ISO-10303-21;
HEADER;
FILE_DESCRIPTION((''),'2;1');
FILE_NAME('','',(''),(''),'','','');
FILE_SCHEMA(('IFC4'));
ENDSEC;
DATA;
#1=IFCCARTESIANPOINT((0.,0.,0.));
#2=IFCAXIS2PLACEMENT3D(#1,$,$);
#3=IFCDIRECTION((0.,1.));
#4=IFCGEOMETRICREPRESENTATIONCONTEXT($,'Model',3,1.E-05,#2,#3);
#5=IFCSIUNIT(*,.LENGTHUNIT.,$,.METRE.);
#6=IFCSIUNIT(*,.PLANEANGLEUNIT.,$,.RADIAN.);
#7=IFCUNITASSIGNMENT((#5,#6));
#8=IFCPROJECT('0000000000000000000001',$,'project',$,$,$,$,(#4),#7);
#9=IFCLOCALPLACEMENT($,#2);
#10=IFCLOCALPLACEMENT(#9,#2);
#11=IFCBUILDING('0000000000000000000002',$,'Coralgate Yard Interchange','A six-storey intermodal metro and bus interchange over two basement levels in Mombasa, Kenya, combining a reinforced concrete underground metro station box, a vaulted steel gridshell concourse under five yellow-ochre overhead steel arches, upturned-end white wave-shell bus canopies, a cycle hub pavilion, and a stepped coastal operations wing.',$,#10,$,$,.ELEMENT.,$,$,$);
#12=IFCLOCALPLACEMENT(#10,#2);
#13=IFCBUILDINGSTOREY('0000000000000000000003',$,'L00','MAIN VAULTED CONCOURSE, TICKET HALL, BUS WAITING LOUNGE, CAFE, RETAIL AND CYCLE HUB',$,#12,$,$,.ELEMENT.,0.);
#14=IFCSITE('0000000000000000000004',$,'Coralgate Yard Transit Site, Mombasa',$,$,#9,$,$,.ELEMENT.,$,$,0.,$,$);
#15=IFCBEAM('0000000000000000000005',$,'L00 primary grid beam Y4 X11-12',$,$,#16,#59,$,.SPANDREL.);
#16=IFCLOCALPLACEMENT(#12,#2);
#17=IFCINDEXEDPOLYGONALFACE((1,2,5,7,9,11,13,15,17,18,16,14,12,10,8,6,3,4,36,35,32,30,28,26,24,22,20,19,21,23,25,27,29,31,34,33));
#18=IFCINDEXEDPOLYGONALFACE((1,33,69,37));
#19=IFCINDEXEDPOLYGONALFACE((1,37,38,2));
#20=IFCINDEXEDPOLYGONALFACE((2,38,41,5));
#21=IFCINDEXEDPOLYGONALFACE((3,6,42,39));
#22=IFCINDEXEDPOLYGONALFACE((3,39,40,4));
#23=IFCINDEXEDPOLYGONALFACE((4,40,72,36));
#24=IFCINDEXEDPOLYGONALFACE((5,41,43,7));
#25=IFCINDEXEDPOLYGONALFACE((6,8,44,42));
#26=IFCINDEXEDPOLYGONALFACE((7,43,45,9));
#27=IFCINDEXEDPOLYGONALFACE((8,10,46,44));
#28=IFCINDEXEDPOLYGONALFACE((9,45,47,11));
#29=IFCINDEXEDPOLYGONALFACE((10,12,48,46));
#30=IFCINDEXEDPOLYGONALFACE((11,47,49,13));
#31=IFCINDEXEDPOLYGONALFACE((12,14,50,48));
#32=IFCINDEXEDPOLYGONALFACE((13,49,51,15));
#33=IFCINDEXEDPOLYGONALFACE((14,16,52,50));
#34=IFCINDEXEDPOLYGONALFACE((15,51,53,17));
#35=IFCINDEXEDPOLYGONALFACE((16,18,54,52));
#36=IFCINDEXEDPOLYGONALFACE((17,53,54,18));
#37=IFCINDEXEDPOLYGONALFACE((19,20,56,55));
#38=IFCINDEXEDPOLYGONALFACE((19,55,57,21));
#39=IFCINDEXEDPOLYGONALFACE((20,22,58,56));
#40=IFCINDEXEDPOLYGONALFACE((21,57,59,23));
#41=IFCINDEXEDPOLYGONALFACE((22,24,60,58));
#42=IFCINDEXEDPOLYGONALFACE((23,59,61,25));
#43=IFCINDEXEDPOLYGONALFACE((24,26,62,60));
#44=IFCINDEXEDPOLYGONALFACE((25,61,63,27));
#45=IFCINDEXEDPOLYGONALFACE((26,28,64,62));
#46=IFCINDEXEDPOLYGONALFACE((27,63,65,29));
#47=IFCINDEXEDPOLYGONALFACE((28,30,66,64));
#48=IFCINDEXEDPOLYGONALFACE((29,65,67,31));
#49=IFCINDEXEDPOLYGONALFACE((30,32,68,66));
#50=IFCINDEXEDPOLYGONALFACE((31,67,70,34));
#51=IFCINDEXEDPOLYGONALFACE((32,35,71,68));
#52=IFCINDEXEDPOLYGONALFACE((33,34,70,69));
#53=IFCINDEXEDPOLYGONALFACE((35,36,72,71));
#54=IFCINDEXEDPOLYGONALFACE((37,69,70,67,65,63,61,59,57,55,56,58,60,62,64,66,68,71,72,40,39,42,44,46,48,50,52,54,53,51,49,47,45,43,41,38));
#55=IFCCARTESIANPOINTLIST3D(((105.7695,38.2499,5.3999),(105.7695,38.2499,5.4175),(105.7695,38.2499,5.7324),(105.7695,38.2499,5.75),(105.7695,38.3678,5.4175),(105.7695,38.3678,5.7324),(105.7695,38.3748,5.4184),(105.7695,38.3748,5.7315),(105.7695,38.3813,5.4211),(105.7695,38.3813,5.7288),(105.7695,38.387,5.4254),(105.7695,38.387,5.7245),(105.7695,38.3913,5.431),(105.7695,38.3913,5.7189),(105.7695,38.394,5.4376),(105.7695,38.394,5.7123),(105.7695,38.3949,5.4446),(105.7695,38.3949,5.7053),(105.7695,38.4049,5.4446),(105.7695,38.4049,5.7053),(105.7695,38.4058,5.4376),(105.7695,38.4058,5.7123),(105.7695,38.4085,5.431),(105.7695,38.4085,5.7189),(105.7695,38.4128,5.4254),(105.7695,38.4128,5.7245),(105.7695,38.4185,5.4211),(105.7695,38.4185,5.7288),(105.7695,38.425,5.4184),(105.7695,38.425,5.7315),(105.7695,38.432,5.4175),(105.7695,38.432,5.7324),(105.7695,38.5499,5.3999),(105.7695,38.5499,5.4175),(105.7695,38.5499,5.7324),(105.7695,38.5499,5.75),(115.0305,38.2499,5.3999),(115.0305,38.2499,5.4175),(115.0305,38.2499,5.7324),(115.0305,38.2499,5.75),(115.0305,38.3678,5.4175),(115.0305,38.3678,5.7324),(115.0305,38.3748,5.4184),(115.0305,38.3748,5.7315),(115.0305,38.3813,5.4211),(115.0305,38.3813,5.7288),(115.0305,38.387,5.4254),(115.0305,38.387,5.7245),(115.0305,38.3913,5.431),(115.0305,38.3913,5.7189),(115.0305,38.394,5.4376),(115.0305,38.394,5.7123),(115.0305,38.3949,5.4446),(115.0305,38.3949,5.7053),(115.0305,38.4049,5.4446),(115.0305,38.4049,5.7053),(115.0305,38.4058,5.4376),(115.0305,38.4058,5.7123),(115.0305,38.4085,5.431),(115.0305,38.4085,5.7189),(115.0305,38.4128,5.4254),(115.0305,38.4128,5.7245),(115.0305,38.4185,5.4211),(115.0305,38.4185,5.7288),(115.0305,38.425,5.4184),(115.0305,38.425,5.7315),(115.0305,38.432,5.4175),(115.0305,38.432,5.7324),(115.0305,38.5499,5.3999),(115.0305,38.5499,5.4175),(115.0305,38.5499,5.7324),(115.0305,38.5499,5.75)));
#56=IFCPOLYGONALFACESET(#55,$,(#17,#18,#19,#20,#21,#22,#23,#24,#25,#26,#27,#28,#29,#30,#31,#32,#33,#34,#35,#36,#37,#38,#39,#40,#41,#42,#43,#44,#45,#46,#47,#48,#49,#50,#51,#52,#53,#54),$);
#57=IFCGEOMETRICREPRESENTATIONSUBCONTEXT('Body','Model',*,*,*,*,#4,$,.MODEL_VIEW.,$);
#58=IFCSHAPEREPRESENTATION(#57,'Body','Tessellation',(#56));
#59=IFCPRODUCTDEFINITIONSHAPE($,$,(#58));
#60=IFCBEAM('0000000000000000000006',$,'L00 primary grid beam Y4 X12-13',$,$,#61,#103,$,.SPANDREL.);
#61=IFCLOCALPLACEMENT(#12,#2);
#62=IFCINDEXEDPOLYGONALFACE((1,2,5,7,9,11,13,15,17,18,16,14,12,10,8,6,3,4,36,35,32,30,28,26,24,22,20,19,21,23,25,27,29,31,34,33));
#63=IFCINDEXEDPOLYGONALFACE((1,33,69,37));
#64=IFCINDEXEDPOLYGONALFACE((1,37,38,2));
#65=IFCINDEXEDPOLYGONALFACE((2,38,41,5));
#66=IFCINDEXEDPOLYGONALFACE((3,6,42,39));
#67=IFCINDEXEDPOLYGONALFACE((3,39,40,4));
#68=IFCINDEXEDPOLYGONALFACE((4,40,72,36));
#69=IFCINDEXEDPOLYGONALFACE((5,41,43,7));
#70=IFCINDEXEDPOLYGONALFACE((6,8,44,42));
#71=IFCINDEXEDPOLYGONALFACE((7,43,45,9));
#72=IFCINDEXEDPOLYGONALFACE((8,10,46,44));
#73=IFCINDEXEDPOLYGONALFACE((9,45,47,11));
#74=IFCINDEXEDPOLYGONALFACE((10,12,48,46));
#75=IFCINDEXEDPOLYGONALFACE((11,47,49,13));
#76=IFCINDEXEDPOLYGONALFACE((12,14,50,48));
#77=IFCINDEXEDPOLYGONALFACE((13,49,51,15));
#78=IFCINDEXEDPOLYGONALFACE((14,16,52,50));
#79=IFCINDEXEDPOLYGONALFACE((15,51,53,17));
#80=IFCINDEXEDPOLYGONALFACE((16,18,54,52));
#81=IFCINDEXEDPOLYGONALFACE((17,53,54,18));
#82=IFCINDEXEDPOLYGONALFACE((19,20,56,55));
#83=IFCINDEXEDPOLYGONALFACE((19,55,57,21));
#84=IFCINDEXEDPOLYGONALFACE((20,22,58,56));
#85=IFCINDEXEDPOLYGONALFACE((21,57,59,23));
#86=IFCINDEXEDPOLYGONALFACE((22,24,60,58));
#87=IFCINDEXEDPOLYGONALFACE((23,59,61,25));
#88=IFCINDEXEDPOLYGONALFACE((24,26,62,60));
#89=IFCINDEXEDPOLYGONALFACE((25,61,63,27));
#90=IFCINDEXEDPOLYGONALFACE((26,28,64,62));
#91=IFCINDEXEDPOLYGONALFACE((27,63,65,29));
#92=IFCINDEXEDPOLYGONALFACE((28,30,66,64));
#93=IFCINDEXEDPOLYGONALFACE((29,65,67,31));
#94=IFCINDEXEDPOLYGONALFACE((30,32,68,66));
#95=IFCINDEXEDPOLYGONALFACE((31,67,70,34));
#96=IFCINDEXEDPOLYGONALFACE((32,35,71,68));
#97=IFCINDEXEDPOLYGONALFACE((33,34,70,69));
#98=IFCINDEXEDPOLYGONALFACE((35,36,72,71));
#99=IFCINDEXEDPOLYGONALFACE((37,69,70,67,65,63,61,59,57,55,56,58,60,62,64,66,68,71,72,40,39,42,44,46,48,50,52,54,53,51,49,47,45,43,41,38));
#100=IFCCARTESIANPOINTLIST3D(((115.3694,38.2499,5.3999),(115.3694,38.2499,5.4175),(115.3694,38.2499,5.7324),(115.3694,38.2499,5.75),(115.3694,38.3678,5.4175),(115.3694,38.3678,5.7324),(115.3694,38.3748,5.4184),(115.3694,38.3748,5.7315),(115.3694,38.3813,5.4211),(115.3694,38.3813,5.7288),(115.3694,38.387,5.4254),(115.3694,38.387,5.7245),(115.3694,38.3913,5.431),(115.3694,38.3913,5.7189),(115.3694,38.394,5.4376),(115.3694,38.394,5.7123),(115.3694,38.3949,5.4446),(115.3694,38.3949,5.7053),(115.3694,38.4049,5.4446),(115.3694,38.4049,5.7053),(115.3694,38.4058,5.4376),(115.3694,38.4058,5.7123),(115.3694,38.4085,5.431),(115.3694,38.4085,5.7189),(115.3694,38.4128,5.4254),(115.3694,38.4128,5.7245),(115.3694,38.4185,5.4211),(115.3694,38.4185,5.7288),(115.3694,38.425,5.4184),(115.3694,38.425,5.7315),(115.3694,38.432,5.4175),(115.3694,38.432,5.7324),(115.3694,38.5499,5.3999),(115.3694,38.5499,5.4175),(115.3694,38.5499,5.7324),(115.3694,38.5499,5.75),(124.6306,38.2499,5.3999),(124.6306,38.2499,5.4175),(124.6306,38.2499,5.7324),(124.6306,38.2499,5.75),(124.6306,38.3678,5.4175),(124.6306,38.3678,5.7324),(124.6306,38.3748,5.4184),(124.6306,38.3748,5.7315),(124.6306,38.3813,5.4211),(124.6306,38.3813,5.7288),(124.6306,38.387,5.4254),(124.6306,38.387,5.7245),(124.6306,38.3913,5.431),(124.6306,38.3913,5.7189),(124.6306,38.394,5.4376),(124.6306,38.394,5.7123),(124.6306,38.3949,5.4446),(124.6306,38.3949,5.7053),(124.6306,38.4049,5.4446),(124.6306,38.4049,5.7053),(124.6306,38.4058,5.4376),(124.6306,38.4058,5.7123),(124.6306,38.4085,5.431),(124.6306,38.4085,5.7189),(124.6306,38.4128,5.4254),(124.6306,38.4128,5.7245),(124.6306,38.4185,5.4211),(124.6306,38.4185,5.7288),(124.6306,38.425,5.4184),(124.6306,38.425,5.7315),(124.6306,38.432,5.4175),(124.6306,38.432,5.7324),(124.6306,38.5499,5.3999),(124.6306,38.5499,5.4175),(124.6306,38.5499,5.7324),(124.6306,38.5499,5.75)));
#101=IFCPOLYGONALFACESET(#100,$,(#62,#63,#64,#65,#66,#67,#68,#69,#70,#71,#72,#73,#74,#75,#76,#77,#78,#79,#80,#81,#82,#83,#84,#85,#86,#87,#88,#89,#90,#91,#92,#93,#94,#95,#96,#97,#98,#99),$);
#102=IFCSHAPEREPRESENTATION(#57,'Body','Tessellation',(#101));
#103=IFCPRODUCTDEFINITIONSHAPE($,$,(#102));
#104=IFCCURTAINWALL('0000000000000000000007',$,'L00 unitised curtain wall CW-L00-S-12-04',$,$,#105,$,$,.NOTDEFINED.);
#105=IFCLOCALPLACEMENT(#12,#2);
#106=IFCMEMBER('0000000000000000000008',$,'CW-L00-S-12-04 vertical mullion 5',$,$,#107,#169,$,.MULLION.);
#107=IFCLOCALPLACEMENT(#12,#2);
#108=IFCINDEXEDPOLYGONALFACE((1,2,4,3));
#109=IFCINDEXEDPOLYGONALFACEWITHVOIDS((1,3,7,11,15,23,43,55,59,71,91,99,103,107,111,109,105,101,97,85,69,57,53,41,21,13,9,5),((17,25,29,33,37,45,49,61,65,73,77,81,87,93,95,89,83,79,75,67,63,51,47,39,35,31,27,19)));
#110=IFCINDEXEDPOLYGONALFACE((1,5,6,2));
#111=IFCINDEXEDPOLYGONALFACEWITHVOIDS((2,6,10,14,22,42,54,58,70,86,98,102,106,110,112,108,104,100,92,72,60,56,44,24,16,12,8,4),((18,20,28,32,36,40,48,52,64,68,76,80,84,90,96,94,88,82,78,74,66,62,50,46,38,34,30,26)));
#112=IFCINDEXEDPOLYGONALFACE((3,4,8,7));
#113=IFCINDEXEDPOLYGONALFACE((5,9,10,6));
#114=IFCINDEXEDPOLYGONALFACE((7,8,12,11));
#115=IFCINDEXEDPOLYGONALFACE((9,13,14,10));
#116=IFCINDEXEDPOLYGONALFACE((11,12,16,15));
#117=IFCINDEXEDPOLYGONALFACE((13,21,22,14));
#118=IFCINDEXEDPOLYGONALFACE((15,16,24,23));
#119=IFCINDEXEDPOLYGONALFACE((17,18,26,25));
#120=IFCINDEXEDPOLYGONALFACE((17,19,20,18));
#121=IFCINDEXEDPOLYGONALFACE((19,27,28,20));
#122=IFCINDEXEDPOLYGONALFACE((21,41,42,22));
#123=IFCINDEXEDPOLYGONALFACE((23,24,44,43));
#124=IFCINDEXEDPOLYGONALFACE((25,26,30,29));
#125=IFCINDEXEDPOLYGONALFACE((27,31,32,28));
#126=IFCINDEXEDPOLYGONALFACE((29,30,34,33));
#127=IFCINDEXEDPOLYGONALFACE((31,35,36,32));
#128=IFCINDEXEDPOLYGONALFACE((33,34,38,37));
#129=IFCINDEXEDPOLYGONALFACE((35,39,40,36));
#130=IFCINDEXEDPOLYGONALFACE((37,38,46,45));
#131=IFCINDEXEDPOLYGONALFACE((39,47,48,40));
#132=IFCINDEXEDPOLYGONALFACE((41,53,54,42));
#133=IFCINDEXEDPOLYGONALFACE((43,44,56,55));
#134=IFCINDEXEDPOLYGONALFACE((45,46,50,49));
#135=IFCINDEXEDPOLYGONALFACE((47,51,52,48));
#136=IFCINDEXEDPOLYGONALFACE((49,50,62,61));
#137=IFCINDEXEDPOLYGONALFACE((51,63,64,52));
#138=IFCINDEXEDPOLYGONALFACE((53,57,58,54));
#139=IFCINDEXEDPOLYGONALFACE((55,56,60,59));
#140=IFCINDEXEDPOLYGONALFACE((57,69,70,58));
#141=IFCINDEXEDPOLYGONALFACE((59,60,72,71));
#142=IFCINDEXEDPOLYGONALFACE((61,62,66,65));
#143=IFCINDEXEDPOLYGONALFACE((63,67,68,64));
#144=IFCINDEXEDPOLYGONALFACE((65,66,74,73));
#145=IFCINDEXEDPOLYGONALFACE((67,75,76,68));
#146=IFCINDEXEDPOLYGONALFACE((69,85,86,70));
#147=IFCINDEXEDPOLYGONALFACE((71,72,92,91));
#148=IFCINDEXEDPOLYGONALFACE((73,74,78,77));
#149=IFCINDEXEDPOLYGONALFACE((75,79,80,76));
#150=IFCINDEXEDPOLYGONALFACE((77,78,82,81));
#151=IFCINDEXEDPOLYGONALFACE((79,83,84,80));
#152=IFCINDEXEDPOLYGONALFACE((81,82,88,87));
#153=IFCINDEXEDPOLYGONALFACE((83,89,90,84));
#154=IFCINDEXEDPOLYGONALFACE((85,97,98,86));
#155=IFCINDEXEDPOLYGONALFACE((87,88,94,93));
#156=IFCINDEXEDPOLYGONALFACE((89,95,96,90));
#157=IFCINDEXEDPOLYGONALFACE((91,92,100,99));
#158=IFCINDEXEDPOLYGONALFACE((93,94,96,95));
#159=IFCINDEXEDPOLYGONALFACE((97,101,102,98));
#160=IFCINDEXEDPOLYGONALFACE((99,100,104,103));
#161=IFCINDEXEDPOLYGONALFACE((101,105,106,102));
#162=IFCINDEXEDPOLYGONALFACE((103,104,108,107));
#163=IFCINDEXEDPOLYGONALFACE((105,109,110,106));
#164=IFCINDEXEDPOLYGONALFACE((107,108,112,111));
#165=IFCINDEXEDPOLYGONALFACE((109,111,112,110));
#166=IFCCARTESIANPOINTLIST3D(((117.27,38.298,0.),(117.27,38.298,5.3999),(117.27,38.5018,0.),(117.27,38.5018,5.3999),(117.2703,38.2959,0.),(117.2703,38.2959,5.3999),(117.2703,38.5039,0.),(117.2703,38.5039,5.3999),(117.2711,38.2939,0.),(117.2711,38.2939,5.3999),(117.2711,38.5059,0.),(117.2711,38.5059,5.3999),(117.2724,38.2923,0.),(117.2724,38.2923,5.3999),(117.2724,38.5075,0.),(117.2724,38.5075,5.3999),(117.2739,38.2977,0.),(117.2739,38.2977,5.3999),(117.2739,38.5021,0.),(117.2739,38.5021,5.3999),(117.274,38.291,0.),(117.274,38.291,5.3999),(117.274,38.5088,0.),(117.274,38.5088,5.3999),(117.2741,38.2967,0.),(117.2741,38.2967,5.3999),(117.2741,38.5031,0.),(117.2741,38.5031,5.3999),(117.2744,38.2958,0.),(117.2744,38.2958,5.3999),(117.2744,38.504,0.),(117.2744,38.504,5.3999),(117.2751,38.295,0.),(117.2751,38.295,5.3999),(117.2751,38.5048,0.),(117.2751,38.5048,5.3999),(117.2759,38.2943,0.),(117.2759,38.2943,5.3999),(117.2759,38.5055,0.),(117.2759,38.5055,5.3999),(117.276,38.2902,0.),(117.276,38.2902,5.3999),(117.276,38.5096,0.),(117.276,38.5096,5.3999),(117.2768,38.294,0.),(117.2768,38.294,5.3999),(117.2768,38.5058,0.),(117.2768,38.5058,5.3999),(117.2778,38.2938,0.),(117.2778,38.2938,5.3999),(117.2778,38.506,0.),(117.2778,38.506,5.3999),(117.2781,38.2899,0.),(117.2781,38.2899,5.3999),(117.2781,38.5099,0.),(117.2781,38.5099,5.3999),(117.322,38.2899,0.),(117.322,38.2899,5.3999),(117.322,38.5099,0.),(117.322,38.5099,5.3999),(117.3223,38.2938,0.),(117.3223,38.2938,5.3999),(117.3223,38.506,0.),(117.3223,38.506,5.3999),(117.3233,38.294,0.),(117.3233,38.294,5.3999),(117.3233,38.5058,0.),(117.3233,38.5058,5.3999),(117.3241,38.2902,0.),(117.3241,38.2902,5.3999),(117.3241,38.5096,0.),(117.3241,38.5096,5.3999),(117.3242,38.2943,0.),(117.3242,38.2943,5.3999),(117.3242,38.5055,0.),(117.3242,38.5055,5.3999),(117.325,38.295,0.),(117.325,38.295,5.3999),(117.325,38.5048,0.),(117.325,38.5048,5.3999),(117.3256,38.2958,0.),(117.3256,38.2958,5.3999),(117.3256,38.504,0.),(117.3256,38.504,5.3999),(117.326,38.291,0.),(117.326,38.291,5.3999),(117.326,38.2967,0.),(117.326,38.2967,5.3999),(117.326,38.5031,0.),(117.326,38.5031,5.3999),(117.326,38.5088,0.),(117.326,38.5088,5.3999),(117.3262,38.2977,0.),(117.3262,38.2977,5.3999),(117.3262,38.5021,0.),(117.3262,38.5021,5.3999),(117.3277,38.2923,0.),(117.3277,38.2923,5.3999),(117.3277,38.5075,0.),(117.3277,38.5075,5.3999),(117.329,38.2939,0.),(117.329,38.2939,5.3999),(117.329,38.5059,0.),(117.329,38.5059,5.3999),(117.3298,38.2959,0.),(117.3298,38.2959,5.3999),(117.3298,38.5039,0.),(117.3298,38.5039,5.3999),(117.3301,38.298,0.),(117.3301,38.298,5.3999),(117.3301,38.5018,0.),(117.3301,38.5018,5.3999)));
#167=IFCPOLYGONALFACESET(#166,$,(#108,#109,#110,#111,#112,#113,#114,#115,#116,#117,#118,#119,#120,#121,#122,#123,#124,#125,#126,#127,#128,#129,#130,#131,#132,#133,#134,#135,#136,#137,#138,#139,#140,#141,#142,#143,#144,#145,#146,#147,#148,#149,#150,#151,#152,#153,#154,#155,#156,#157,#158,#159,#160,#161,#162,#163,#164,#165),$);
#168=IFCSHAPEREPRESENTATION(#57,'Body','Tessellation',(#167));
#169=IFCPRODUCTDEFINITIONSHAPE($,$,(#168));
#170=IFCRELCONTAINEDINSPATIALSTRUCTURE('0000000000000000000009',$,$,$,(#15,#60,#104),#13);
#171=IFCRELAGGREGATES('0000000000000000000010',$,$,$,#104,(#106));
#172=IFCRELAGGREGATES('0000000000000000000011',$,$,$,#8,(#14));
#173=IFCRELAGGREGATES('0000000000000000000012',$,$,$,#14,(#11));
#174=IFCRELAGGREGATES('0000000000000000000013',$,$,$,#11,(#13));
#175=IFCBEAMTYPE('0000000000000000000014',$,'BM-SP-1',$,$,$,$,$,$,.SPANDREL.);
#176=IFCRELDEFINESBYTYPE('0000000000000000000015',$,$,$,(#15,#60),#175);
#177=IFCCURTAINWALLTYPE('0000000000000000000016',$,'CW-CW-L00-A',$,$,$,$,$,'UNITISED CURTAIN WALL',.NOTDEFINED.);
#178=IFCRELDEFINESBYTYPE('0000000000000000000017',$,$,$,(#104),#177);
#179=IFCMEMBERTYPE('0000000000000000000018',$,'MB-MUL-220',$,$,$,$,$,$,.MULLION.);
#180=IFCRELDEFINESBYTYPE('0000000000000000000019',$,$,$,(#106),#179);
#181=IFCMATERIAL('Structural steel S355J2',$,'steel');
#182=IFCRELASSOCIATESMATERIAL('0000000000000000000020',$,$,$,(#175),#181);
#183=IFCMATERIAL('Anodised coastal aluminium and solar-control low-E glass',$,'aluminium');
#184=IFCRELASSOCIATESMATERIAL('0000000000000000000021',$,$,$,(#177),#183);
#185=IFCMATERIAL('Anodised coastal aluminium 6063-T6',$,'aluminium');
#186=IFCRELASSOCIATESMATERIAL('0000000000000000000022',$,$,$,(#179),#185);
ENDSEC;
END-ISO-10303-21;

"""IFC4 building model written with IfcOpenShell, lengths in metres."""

from ifc_helpers import new_model, si_unit, direction, frame, origin, origin_2d, place, context, subcontext, project, spatial, hollow_rectangle, i_section, extrude, material, material_profile, profile_set, type_object, element, aggregate, save


model = new_model("IFC4")

# Units and contexts
model_context = context("Model", 3, precision=1e-05, world=origin(), true_north=direction((0.0, 1.0)))
body_context = subcontext(model_context, "Body", "Model", "MODEL_VIEW")
ifc_project = project(units=[si_unit("LENGTHUNIT", "METRE"), si_unit("PLANEANGLEUNIT", "RADIAN")], contexts=[model_context])

# Site, building, storey
site_placement = place(None, origin())
site = spatial("IfcSite", under=ifc_project, at=site_placement, Name="Coralgate Yard Transit Site, Mombasa", CompositionType="ELEMENT", RefElevation=0.0)
building_placement = place(site_placement, origin())
building = spatial("IfcBuilding", under=site, at=building_placement, Name="Coralgate Yard Interchange", Description="A six-storey intermodal metro and bus interchange over two basement levels in Mombasa, Kenya, combining a reinforced concrete underground metro station box, a vaulted steel gridshell concourse under five yellow-ochre overhead steel arches, upturned-end white wave-shell bus canopies, a cycle hub pavilion, and a stepped coastal operations wing.", CompositionType="ELEMENT")
storey_placement = place(building_placement, origin())
storey = spatial("IfcBuildingStorey", under=building, at=storey_placement, Name="L00", Description="MAIN VAULTED CONCOURSE, TICKET HALL, BUS WAITING LOUNGE, CAFE, RETAIL AND CYCLE HUB", CompositionType="ELEMENT", Elevation=0.0)

# Shared definitions
ifc_material_1 = material(Name="Structural steel S355J2", Category="steel")

# Beams
ifc_material_profile_1 = material_profile(ifc_material_1, i_section(OverallWidth=0.3, OverallDepth=0.3501, WebThickness=0.01, FlangeThickness=0.0176, FilletRadius=0.0271, at=origin_2d()), Name="HEA 360")
ifc_profile_set_1 = profile_set([ifc_material_profile_1], Name="Structural steel S355J2")
beam_type_1 = type_object("IfcBeamType", Name="BM-SP-1", PredefinedType="SPANDREL", material=ifc_profile_set_1)
beam_1_placement = place(storey_placement, frame((105.7695, 38.3999, 5.575), z_axis=(1.0, 0.0, 0.0), x_axis=(0.0, 1.0, 0.0)))
element("IfcBeam", 1, at=beam_1_placement, inside=storey, type_object=beam_type_1, Name="L00 primary grid beam Y4 X11-12", PredefinedType="SPANDREL", context=body_context, shape_type="SweptSolid", body=[
    extrude(i_section(OverallWidth=0.3, OverallDepth=0.3501, WebThickness=0.01, FlangeThickness=0.0176, FilletRadius=0.0271, at=origin_2d()), origin(), (0.0, 0.0, 1.0), 9.261),
])
beam_2_placement = place(storey_placement, frame((115.3694, 38.3999, 5.575), z_axis=(1.0, 0.0, 0.0), x_axis=(0.0, 1.0, 0.0)))
element("IfcBeam", 2, at=beam_2_placement, inside=storey, type_object=beam_type_1, Name="L00 primary grid beam Y4 X12-13", PredefinedType="SPANDREL", context=body_context, shape_type="SweptSolid", body=[
    extrude(i_section(OverallWidth=0.3, OverallDepth=0.3501, WebThickness=0.01, FlangeThickness=0.0176, FilletRadius=0.0271, at=origin_2d()), origin(), (0.0, 0.0, 1.0), 9.2612),
])

# Curtain wall, member
ifc_material_2 = material(Name="Anodised coastal aluminium and solar-control low-E glass", Category="aluminium")
curtain_wall_type = type_object("IfcCurtainWallType", Name="CW-CW-L00-A", ElementType="UNITISED CURTAIN WALL", PredefinedType="NOTDEFINED", material=ifc_material_2)
curtain_wall_placement = place(storey_placement, origin())
curtain_wall = element("IfcCurtainWall", 3, at=curtain_wall_placement, inside=storey, type_object=curtain_wall_type, Name="L00 unitised curtain wall CW-L00-S-12-04", PredefinedType="NOTDEFINED")
ifc_material_3 = material(Name="Anodised coastal aluminium 6063-T6", Category="aluminium")
ifc_material_profile_2 = material_profile(ifc_material_3, hollow_rectangle(XDim=0.0601, YDim=0.22, WallThickness=0.0039, InnerFilletRadius=0.0039, OuterFilletRadius=0.0081, at=origin_2d()), Name="ALU 60x220x4")
ifc_profile_set_2 = profile_set([ifc_material_profile_2], Name="Anodised coastal aluminium 6063-T6")
member_type_1 = type_object("IfcMemberType", Name="MB-MUL-220", PredefinedType="MULLION", material=ifc_profile_set_2)
member_1_placement = place(storey_placement, frame((117.3, 38.3999, 0.0), z_axis=(0.0, 0.0, 1.0), x_axis=(1.0, 0.0, 0.0)))
member_1 = element("IfcMember", 4, at=member_1_placement, type_object=member_type_1, Name="CW-L00-S-12-04 vertical mullion 5", PredefinedType="MULLION", context=body_context, shape_type="SweptSolid", body=[
    extrude(hollow_rectangle(XDim=0.0601, YDim=0.22, WallThickness=0.0039, InnerFilletRadius=0.0039, OuterFilletRadius=0.0081, at=origin_2d()), origin(), (0.0, 0.0, 1.0), 5.3999),
])
aggregate(curtain_wall, [member_1])

save(model, "model.ifc")
